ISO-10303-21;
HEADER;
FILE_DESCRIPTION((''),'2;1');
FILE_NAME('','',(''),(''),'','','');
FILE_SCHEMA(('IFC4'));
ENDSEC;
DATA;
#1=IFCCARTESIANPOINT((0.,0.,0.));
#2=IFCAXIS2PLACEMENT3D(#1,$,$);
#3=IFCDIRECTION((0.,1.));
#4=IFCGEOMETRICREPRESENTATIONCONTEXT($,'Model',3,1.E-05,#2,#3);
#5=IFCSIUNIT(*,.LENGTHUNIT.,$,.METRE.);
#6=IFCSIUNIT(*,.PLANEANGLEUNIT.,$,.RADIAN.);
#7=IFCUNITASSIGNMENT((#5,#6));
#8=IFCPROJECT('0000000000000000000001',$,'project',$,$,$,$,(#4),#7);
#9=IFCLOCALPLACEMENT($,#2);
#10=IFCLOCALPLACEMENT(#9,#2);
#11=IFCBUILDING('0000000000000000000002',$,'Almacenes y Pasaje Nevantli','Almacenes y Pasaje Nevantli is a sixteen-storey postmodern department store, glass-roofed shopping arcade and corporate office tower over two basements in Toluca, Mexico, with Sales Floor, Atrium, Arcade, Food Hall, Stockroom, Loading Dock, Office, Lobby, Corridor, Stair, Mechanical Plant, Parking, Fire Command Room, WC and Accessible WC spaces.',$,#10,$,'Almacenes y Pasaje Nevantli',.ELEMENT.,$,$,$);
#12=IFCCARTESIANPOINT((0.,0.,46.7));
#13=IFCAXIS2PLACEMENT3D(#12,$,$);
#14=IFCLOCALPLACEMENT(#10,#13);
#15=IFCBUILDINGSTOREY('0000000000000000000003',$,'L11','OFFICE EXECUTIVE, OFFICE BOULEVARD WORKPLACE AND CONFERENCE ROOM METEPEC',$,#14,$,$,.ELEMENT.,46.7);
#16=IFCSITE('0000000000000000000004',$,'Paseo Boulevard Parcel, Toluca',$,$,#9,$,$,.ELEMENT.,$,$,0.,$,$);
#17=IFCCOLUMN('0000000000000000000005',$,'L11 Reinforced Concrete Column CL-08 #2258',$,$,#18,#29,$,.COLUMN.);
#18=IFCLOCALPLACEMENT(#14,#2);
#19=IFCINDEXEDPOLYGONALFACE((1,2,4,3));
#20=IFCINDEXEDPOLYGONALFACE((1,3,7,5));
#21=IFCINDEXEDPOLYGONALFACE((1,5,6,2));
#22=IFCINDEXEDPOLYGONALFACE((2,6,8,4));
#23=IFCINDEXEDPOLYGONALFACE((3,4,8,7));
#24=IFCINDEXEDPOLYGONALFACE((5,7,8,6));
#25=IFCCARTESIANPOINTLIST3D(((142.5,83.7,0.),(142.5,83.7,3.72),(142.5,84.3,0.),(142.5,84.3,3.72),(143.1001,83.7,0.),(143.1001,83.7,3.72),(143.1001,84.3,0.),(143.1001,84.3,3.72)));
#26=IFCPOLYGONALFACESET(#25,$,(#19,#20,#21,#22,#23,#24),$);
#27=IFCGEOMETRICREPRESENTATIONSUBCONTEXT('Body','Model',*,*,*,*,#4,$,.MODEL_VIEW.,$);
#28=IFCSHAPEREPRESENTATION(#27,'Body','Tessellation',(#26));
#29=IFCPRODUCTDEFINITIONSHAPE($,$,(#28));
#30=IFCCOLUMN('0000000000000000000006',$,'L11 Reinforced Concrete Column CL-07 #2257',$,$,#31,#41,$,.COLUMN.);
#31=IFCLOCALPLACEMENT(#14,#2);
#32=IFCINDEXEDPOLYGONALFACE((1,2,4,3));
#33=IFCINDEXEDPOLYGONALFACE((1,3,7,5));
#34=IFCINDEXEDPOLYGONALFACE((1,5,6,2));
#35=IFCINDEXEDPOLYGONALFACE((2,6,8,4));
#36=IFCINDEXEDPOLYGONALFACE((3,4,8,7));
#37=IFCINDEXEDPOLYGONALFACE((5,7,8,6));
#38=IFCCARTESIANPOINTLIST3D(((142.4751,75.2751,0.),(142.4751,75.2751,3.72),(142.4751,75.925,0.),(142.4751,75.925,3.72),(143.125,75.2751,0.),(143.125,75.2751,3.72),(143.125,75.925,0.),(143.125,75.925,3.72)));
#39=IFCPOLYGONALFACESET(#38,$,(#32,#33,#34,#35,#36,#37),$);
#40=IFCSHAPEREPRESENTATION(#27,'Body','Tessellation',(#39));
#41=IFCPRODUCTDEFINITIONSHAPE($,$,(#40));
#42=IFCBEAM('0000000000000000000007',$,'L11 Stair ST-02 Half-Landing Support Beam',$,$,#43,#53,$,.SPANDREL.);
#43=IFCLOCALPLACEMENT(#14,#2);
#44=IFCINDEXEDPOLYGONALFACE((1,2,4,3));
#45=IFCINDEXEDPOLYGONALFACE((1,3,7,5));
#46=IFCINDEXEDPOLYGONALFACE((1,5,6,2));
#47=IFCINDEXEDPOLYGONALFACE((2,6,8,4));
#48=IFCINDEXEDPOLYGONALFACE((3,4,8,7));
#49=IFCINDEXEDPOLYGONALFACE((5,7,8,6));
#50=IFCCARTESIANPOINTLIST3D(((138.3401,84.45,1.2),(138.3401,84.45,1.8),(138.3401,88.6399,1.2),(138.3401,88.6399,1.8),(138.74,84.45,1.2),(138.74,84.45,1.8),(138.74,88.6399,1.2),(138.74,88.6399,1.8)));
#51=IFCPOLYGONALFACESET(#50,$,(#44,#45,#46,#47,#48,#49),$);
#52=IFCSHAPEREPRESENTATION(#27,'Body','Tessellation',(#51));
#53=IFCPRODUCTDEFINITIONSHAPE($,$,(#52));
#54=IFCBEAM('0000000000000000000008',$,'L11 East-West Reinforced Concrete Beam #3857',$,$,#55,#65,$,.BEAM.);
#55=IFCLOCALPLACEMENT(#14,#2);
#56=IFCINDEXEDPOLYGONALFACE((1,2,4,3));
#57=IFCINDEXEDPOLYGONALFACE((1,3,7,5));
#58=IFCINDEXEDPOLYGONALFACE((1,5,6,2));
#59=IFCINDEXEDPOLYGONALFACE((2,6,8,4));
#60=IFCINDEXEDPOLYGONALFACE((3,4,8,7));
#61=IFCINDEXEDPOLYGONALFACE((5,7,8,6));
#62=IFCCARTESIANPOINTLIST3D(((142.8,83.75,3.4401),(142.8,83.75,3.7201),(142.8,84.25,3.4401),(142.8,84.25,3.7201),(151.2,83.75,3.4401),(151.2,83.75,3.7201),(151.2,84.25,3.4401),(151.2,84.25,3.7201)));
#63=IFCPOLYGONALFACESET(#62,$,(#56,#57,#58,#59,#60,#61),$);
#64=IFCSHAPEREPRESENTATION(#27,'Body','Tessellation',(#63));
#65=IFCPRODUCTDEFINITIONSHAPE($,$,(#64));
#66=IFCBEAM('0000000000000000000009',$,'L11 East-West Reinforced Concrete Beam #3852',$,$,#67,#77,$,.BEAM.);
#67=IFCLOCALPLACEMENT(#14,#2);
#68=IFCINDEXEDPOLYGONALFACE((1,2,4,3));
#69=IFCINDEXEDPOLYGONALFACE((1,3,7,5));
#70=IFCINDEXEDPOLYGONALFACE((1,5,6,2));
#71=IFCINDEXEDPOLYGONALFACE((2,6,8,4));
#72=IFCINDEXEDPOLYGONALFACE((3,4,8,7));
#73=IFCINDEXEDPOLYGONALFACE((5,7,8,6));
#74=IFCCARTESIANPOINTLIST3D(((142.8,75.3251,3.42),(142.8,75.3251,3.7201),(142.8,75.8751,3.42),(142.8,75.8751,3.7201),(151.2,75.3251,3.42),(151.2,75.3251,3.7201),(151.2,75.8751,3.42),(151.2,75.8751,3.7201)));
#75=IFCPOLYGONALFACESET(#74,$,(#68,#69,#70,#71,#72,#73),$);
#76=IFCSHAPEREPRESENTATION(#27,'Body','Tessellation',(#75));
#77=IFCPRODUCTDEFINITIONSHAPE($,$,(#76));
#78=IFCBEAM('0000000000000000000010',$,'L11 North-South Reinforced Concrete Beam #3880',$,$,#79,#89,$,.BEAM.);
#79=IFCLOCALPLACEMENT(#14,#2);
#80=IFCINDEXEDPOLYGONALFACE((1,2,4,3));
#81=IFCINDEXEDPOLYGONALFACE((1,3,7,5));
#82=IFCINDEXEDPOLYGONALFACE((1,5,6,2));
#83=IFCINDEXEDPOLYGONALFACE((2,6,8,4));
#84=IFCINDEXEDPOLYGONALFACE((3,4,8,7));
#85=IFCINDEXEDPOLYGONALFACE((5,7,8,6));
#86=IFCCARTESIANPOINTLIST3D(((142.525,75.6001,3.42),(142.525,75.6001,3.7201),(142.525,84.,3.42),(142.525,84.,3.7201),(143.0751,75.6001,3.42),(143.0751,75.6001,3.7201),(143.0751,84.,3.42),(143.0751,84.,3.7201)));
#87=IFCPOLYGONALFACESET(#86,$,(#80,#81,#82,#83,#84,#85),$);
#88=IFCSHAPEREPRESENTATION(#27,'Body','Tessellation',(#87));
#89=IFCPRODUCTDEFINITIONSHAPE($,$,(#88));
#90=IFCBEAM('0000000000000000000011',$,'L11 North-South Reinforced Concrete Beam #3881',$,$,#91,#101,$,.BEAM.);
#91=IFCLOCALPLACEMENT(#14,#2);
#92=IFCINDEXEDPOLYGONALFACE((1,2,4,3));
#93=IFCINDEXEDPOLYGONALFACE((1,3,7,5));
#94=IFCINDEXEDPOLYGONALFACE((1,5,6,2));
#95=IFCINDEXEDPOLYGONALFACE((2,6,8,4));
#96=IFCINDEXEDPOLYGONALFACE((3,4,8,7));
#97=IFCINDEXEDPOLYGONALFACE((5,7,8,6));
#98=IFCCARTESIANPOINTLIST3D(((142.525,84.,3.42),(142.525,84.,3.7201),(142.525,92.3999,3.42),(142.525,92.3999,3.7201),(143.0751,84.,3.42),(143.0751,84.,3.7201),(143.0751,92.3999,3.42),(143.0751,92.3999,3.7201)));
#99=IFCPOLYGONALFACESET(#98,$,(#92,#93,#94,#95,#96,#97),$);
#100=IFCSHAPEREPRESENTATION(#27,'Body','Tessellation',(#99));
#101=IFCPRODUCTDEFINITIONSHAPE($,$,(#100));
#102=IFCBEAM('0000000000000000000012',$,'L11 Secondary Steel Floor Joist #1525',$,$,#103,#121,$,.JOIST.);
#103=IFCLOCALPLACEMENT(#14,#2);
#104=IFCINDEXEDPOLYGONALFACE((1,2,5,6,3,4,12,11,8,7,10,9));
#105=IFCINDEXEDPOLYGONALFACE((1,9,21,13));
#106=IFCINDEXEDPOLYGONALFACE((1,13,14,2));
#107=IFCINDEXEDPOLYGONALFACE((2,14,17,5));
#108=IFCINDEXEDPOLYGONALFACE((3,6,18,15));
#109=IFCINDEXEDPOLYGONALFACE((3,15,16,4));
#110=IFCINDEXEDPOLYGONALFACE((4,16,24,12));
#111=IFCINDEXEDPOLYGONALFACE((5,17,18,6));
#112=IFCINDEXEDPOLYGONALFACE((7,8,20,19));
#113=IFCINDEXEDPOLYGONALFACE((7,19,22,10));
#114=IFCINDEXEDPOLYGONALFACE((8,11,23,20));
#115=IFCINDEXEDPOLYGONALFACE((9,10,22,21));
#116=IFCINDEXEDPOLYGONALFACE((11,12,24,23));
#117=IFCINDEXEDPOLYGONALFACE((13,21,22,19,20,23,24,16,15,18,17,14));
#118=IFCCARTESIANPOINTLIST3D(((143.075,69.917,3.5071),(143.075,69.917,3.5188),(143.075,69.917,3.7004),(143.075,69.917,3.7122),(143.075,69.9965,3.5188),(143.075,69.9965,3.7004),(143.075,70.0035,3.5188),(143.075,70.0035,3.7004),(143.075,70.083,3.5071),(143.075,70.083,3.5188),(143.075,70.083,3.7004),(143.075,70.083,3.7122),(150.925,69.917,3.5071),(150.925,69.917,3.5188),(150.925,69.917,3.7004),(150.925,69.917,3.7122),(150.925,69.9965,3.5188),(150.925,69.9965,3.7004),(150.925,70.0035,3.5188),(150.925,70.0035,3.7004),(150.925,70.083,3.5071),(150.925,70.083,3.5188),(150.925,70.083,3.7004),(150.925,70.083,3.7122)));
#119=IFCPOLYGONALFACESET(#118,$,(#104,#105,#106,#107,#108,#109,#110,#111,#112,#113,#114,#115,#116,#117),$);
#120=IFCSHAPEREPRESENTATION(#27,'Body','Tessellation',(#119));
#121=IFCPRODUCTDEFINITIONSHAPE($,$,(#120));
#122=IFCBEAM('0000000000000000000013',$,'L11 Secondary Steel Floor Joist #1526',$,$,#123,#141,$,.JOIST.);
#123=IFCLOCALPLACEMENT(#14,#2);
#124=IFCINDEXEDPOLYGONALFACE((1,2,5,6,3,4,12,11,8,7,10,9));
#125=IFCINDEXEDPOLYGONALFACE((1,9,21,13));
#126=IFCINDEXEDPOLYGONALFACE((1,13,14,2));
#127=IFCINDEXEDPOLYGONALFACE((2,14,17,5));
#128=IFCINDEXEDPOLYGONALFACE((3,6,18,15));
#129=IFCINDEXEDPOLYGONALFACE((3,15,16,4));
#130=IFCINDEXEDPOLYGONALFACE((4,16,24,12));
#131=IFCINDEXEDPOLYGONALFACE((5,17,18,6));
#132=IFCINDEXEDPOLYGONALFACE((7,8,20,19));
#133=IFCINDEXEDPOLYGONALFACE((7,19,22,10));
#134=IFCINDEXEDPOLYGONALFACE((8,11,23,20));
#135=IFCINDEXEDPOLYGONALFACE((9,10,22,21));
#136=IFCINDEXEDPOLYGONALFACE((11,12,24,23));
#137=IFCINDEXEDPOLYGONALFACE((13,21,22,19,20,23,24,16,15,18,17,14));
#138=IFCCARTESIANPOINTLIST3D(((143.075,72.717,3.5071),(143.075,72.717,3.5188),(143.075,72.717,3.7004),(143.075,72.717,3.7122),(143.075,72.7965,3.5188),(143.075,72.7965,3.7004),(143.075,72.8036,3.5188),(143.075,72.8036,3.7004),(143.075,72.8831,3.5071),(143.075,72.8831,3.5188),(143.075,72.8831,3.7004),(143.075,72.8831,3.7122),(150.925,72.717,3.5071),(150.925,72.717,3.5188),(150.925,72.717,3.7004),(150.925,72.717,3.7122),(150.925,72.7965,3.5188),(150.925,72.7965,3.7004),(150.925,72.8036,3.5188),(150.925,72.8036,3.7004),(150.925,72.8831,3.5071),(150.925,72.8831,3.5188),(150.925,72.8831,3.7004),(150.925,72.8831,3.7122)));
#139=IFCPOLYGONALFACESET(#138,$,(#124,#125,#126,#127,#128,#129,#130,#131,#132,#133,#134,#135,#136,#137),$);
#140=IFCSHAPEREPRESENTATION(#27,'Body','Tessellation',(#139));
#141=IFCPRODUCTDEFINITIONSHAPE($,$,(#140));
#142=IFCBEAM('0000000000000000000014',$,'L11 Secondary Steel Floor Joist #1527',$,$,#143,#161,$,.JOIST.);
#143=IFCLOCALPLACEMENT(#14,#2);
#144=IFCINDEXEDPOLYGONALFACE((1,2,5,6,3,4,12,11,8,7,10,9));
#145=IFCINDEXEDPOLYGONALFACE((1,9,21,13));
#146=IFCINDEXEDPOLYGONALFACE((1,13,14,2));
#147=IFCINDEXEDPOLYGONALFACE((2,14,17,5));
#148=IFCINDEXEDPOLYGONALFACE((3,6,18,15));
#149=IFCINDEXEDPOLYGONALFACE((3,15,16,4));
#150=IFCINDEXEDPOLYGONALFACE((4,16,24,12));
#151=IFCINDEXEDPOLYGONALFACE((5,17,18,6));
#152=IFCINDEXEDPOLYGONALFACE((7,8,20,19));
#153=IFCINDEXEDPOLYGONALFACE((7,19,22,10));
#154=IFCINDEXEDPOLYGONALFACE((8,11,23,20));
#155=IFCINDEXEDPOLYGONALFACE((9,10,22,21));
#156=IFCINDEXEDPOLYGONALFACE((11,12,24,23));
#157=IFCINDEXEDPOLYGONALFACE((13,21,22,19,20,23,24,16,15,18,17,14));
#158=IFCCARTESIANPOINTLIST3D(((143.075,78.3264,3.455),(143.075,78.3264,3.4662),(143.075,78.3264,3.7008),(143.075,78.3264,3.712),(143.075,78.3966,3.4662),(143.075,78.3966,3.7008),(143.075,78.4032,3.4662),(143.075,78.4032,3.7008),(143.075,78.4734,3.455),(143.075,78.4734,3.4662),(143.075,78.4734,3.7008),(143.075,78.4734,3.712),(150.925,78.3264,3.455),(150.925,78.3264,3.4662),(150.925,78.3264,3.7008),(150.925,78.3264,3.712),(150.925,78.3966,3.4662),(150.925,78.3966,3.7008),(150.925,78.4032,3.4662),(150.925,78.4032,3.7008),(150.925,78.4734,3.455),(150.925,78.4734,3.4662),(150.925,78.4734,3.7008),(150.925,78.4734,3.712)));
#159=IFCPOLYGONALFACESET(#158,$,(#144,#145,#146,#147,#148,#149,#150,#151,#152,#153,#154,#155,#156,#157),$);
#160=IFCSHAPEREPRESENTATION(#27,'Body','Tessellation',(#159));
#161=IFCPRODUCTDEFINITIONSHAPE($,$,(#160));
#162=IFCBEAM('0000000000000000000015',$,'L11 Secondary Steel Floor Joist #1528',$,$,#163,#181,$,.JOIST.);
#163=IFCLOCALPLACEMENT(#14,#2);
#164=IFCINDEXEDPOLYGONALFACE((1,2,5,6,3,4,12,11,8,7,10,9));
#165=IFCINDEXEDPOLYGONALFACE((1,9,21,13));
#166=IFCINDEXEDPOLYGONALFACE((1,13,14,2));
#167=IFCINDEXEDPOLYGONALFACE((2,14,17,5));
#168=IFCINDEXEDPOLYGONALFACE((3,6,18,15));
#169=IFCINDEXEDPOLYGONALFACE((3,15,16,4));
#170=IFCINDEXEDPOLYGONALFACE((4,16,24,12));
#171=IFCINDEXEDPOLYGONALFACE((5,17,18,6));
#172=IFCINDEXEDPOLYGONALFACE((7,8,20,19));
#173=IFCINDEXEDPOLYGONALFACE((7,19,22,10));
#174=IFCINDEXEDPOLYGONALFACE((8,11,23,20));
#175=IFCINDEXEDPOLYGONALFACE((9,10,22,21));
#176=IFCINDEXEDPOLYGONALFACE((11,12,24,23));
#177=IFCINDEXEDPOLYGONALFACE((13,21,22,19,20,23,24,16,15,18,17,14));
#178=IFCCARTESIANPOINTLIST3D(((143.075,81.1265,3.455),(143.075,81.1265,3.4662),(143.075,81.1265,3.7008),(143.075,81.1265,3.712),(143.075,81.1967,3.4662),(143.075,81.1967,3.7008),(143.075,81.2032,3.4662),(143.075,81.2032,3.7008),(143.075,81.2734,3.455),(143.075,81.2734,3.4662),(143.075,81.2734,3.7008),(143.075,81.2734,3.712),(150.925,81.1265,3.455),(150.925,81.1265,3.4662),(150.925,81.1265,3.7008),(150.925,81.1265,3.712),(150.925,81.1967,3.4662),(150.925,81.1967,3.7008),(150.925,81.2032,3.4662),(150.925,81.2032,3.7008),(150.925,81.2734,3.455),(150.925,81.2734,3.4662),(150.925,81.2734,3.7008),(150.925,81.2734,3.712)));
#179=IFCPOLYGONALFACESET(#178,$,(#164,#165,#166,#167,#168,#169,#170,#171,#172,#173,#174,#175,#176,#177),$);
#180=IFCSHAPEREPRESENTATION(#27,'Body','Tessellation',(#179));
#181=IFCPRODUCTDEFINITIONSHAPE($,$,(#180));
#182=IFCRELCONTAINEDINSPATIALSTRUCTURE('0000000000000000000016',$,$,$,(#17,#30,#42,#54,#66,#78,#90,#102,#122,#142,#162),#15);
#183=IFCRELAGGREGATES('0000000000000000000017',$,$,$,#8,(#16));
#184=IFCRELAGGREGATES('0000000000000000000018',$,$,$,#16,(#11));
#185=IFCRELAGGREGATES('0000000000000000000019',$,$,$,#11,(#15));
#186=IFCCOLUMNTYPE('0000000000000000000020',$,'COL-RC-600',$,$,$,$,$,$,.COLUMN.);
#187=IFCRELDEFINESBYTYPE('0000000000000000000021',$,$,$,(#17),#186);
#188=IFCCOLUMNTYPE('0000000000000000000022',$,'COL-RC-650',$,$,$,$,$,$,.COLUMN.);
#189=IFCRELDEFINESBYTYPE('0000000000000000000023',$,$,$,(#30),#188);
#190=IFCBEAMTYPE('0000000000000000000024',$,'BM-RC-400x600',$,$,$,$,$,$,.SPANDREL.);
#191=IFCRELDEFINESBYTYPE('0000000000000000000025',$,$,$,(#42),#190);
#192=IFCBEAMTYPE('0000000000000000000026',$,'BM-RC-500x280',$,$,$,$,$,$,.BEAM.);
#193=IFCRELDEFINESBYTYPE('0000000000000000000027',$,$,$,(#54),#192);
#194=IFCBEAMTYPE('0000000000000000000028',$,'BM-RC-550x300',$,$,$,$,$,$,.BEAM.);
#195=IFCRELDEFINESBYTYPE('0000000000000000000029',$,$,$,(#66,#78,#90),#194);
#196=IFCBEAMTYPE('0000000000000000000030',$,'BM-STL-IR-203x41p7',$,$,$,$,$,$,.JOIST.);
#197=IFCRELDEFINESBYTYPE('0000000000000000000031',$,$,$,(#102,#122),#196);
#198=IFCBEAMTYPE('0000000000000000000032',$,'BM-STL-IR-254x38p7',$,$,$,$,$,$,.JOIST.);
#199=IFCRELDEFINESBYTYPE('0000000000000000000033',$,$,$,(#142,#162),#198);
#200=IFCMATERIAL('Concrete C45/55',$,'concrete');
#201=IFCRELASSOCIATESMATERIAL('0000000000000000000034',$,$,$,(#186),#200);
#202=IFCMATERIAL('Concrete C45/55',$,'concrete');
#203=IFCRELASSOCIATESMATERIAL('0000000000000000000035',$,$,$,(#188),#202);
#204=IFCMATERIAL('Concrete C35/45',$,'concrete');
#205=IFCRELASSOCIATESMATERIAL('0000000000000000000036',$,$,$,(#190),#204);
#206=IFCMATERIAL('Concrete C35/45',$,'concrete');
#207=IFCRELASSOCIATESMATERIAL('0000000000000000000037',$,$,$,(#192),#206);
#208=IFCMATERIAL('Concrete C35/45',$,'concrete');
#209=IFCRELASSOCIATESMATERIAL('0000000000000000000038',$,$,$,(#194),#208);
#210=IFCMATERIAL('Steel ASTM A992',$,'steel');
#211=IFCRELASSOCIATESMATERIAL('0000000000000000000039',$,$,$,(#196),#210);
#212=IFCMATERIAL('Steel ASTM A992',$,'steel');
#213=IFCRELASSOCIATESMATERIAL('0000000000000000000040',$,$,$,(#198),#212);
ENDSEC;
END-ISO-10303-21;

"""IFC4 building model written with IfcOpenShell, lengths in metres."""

from ifc_helpers import new_model, si_unit, direction, frame, origin, origin_2d, place, context, subcontext, project, spatial, rectangle, i_section, extrude, material, material_profile, profile_set, type_object, element, save


model = new_model("IFC4")

# Units and contexts
model_context = context("Model", 3, precision=1e-05, world=origin(), true_north=direction((0.0, 1.0)))
body_context = subcontext(model_context, "Body", "Model", "MODEL_VIEW")
ifc_project = project(units=[si_unit("LENGTHUNIT", "METRE"), si_unit("PLANEANGLEUNIT", "RADIAN")], contexts=[model_context])

# Site, building, storey
site_placement = place(None, origin())
site = spatial("IfcSite", under=ifc_project, at=site_placement, Name="Paseo Boulevard Parcel, Toluca", CompositionType="ELEMENT", RefElevation=0.0)
building_placement = place(site_placement, origin())
building = spatial("IfcBuilding", under=site, at=building_placement, Name="Almacenes y Pasaje Nevantli", Description="Almacenes y Pasaje Nevantli is a sixteen-storey postmodern department store, glass-roofed shopping arcade and corporate office tower over two basements in Toluca, Mexico, with Sales Floor, Atrium, Arcade, Food Hall, Stockroom, Loading Dock, Office, Lobby, Corridor, Stair, Mechanical Plant, Parking, Fire Command Room, WC and Accessible WC spaces.", LongName="Almacenes y Pasaje Nevantli", CompositionType="ELEMENT")
storey_placement = place(building_placement, frame((0.0, 0.0, 46.7)))
storey = spatial("IfcBuildingStorey", under=building, at=storey_placement, Name="L11", Description="OFFICE EXECUTIVE, OFFICE BOULEVARD WORKPLACE AND CONFERENCE ROOM METEPEC", CompositionType="ELEMENT", Elevation=46.7)

# Columns
ifc_material_1 = material(Name="Concrete C45/55", Category="concrete")
ifc_material_profile_1 = material_profile(ifc_material_1, rectangle(XDim=0.6001, YDim=0.6001, at=origin_2d()), Name="RC-COL-600x600")
ifc_profile_set_1 = profile_set([ifc_material_profile_1], Name="Concrete C45/55")
column_type_1 = type_object("IfcColumnType", Name="COL-RC-600", PredefinedType="COLUMN", material=ifc_profile_set_1)
column_1_placement = place(storey_placement, frame((142.8, 84.0, 0.0), z_axis=(0.0, 0.0, 1.0), x_axis=(1.0, 0.0, 0.0)))
element("IfcColumn", 1, at=column_1_placement, inside=storey, type_object=column_type_1, Name="L11 Reinforced Concrete Column CL-08 #2258", PredefinedType="COLUMN", context=body_context, shape_type="SweptSolid", body=[
    extrude(rectangle(XDim=0.6001, YDim=0.6001, at=origin_2d()), origin(), (0.0, 0.0, 1.0), 3.72),
])
ifc_material_2 = material(Name="Concrete C45/55", Category="concrete")
ifc_material_profile_2 = material_profile(ifc_material_2, rectangle(XDim=0.6499, YDim=0.6499, at=origin_2d()), Name="RC-COL-650x650")
ifc_profile_set_2 = profile_set([ifc_material_profile_2], Name="Concrete C45/55")
column_type_2 = type_object("IfcColumnType", Name="COL-RC-650", PredefinedType="COLUMN", material=ifc_profile_set_2)
column_2_placement = place(storey_placement, frame((142.8, 75.6001, 0.0), z_axis=(0.0, 0.0, 1.0), x_axis=(1.0, 0.0, 0.0)))
element("IfcColumn", 2, at=column_2_placement, inside=storey, type_object=column_type_2, Name="L11 Reinforced Concrete Column CL-07 #2257", PredefinedType="COLUMN", context=body_context, shape_type="SweptSolid", body=[
    extrude(rectangle(XDim=0.6499, YDim=0.6499, at=origin_2d()), origin(), (0.0, 0.0, 1.0), 3.72),
])

# Beams
ifc_material_3 = material(Name="Concrete C35/45", Category="concrete")
ifc_material_profile_3 = material_profile(ifc_material_3, rectangle(XDim=0.3999, YDim=0.6001, at=origin_2d()), Name="RC-BM-400x600")
ifc_profile_set_3 = profile_set([ifc_material_profile_3], Name="Concrete C35/45")
beam_type_1 = type_object("IfcBeamType", Name="BM-RC-400x600", PredefinedType="SPANDREL", material=ifc_profile_set_3)
beam_1_placement = place(storey_placement, frame((138.54, 84.45, 1.5), z_axis=(0.0, 1.0, 0.0), x_axis=(-1.0, 0.0, 0.0)))
element("IfcBeam", 3, at=beam_1_placement, inside=storey, type_object=beam_type_1, Name="L11 Stair ST-02 Half-Landing Support Beam", PredefinedType="SPANDREL", context=body_context, shape_type="SweptSolid", body=[
    extrude(rectangle(XDim=0.3999, YDim=0.6001, at=origin_2d()), origin(), (0.0, 0.0, 1.0), 4.1899),
])
ifc_material_4 = material(Name="Concrete C35/45", Category="concrete")
ifc_material_profile_4 = material_profile(ifc_material_4, rectangle(XDim=0.5, YDim=0.28, at=origin_2d()), Name="RC-BM-500x280")
ifc_profile_set_4 = profile_set([ifc_material_profile_4], Name="Concrete C35/45")
beam_type_2 = type_object("IfcBeamType", Name="BM-RC-500x280", PredefinedType="BEAM", material=ifc_profile_set_4)
beam_2_placement = place(storey_placement, frame((142.8, 84.0, 3.5801), z_axis=(1.0, 0.0, 0.0), x_axis=(0.0, 1.0, 0.0)))
element("IfcBeam", 4, at=beam_2_placement, inside=storey, type_object=beam_type_2, Name="L11 East-West Reinforced Concrete Beam #3857", PredefinedType="BEAM", context=body_context, shape_type="SweptSolid", body=[
    extrude(rectangle(XDim=0.5, YDim=0.28, at=origin_2d()), origin(), (0.0, 0.0, 1.0), 8.3999),
])
ifc_material_5 = material(Name="Concrete C35/45", Category="concrete")
ifc_material_profile_5 = material_profile(ifc_material_5, rectangle(XDim=0.55, YDim=0.3, at=origin_2d()), Name="RC-BM-550x300")
ifc_profile_set_5 = profile_set([ifc_material_profile_5], Name="Concrete C35/45")
beam_type_3 = type_object("IfcBeamType", Name="BM-RC-550x300", PredefinedType="BEAM", material=ifc_profile_set_5)
for number, where, z_axis, x_axis, name in (
    (5, (142.8, 75.6001, 3.5701), (1.0, 0.0, 0.0), (0.0, 1.0, 0.0), "L11 East-West Reinforced Concrete Beam #3852"),
    (6, (142.8, 75.6001, 3.5701), (0.0, 1.0, 0.0), (-1.0, 0.0, 0.0), "L11 North-South Reinforced Concrete Beam #3880"),
    (7, (142.8, 84.0, 3.5701), (0.0, 1.0, 0.0), (-1.0, 0.0, 0.0), "L11 North-South Reinforced Concrete Beam #3881"),
):
    element("IfcBeam", number, at=place(storey_placement, frame(where, z_axis=z_axis, x_axis=x_axis)), inside=storey, type_object=beam_type_3, Name=name, PredefinedType="BEAM", context=body_context, shape_type="SweptSolid", body=[
        extrude(rectangle(XDim=0.55, YDim=0.3, at=origin_2d()), origin(), (0.0, 0.0, 1.0), 8.3999),
    ])
ifc_material_6 = material(Name="Steel ASTM A992", Category="steel")
ifc_material_profile_6 = material_profile(ifc_material_6, i_section(OverallWidth=0.166, OverallDepth=0.2051, WebThickness=0.0071, FlangeThickness=0.0117, at=origin_2d()), Name="IR 203x41.7")
ifc_profile_set_6 = profile_set([ifc_material_profile_6], Name="Steel ASTM A992")
beam_type_4 = type_object("IfcBeamType", Name="BM-STL-IR-203x41p7", PredefinedType="JOIST", material=ifc_profile_set_6)
for number, where, z_axis, x_axis, name in (
    (8, (143.075, 70.0, 3.6096), (1.0, 0.0, 0.0), (0.0, 1.0, 0.0), "L11 Secondary Steel Floor Joist #1525"),
    (9, (143.075, 72.8, 3.6096), (1.0, 0.0, 0.0), (0.0, 1.0, 0.0), "L11 Secondary Steel Floor Joist #1526"),
):
    element("IfcBeam", number, at=place(storey_placement, frame(where, z_axis=z_axis, x_axis=x_axis)), inside=storey, type_object=beam_type_4, Name=name, PredefinedType="JOIST", context=body_context, shape_type="SweptSolid", body=[
        extrude(i_section(OverallWidth=0.166, OverallDepth=0.2051, WebThickness=0.0071, FlangeThickness=0.0117, at=origin_2d()), origin(), (0.0, 0.0, 1.0), 7.8501),
    ])
ifc_material_7 = material(Name="Steel ASTM A992", Category="steel")
ifc_material_profile_7 = material_profile(ifc_material_7, i_section(OverallWidth=0.147, OverallDepth=0.2571, WebThickness=0.0066, FlangeThickness=0.0112, at=origin_2d()), Name="IR 254x38.7")
ifc_profile_set_7 = profile_set([ifc_material_profile_7], Name="Steel ASTM A992")
beam_type_5 = type_object("IfcBeamType", Name="BM-STL-IR-254x38p7", PredefinedType="JOIST", material=ifc_profile_set_7)
for number, where, z_axis, x_axis, name in (
    (10, (143.075, 78.3999, 3.5835), (1.0, 0.0, 0.0), (0.0, 1.0, 0.0), "L11 Secondary Steel Floor Joist #1527"),
    (11, (143.075, 81.2, 3.5835), (1.0, 0.0, 0.0), (0.0, 1.0, 0.0), "L11 Secondary Steel Floor Joist #1528"),
):
    element("IfcBeam", number, at=place(storey_placement, frame(where, z_axis=z_axis, x_axis=x_axis)), inside=storey, type_object=beam_type_5, Name=name, PredefinedType="JOIST", context=body_context, shape_type="SweptSolid", body=[
        extrude(i_section(OverallWidth=0.147, OverallDepth=0.2571, WebThickness=0.0066, FlangeThickness=0.0112, at=origin_2d()), origin(), (0.0, 0.0, 1.0), 7.8501),
    ])

save(model, "model.ifc")
